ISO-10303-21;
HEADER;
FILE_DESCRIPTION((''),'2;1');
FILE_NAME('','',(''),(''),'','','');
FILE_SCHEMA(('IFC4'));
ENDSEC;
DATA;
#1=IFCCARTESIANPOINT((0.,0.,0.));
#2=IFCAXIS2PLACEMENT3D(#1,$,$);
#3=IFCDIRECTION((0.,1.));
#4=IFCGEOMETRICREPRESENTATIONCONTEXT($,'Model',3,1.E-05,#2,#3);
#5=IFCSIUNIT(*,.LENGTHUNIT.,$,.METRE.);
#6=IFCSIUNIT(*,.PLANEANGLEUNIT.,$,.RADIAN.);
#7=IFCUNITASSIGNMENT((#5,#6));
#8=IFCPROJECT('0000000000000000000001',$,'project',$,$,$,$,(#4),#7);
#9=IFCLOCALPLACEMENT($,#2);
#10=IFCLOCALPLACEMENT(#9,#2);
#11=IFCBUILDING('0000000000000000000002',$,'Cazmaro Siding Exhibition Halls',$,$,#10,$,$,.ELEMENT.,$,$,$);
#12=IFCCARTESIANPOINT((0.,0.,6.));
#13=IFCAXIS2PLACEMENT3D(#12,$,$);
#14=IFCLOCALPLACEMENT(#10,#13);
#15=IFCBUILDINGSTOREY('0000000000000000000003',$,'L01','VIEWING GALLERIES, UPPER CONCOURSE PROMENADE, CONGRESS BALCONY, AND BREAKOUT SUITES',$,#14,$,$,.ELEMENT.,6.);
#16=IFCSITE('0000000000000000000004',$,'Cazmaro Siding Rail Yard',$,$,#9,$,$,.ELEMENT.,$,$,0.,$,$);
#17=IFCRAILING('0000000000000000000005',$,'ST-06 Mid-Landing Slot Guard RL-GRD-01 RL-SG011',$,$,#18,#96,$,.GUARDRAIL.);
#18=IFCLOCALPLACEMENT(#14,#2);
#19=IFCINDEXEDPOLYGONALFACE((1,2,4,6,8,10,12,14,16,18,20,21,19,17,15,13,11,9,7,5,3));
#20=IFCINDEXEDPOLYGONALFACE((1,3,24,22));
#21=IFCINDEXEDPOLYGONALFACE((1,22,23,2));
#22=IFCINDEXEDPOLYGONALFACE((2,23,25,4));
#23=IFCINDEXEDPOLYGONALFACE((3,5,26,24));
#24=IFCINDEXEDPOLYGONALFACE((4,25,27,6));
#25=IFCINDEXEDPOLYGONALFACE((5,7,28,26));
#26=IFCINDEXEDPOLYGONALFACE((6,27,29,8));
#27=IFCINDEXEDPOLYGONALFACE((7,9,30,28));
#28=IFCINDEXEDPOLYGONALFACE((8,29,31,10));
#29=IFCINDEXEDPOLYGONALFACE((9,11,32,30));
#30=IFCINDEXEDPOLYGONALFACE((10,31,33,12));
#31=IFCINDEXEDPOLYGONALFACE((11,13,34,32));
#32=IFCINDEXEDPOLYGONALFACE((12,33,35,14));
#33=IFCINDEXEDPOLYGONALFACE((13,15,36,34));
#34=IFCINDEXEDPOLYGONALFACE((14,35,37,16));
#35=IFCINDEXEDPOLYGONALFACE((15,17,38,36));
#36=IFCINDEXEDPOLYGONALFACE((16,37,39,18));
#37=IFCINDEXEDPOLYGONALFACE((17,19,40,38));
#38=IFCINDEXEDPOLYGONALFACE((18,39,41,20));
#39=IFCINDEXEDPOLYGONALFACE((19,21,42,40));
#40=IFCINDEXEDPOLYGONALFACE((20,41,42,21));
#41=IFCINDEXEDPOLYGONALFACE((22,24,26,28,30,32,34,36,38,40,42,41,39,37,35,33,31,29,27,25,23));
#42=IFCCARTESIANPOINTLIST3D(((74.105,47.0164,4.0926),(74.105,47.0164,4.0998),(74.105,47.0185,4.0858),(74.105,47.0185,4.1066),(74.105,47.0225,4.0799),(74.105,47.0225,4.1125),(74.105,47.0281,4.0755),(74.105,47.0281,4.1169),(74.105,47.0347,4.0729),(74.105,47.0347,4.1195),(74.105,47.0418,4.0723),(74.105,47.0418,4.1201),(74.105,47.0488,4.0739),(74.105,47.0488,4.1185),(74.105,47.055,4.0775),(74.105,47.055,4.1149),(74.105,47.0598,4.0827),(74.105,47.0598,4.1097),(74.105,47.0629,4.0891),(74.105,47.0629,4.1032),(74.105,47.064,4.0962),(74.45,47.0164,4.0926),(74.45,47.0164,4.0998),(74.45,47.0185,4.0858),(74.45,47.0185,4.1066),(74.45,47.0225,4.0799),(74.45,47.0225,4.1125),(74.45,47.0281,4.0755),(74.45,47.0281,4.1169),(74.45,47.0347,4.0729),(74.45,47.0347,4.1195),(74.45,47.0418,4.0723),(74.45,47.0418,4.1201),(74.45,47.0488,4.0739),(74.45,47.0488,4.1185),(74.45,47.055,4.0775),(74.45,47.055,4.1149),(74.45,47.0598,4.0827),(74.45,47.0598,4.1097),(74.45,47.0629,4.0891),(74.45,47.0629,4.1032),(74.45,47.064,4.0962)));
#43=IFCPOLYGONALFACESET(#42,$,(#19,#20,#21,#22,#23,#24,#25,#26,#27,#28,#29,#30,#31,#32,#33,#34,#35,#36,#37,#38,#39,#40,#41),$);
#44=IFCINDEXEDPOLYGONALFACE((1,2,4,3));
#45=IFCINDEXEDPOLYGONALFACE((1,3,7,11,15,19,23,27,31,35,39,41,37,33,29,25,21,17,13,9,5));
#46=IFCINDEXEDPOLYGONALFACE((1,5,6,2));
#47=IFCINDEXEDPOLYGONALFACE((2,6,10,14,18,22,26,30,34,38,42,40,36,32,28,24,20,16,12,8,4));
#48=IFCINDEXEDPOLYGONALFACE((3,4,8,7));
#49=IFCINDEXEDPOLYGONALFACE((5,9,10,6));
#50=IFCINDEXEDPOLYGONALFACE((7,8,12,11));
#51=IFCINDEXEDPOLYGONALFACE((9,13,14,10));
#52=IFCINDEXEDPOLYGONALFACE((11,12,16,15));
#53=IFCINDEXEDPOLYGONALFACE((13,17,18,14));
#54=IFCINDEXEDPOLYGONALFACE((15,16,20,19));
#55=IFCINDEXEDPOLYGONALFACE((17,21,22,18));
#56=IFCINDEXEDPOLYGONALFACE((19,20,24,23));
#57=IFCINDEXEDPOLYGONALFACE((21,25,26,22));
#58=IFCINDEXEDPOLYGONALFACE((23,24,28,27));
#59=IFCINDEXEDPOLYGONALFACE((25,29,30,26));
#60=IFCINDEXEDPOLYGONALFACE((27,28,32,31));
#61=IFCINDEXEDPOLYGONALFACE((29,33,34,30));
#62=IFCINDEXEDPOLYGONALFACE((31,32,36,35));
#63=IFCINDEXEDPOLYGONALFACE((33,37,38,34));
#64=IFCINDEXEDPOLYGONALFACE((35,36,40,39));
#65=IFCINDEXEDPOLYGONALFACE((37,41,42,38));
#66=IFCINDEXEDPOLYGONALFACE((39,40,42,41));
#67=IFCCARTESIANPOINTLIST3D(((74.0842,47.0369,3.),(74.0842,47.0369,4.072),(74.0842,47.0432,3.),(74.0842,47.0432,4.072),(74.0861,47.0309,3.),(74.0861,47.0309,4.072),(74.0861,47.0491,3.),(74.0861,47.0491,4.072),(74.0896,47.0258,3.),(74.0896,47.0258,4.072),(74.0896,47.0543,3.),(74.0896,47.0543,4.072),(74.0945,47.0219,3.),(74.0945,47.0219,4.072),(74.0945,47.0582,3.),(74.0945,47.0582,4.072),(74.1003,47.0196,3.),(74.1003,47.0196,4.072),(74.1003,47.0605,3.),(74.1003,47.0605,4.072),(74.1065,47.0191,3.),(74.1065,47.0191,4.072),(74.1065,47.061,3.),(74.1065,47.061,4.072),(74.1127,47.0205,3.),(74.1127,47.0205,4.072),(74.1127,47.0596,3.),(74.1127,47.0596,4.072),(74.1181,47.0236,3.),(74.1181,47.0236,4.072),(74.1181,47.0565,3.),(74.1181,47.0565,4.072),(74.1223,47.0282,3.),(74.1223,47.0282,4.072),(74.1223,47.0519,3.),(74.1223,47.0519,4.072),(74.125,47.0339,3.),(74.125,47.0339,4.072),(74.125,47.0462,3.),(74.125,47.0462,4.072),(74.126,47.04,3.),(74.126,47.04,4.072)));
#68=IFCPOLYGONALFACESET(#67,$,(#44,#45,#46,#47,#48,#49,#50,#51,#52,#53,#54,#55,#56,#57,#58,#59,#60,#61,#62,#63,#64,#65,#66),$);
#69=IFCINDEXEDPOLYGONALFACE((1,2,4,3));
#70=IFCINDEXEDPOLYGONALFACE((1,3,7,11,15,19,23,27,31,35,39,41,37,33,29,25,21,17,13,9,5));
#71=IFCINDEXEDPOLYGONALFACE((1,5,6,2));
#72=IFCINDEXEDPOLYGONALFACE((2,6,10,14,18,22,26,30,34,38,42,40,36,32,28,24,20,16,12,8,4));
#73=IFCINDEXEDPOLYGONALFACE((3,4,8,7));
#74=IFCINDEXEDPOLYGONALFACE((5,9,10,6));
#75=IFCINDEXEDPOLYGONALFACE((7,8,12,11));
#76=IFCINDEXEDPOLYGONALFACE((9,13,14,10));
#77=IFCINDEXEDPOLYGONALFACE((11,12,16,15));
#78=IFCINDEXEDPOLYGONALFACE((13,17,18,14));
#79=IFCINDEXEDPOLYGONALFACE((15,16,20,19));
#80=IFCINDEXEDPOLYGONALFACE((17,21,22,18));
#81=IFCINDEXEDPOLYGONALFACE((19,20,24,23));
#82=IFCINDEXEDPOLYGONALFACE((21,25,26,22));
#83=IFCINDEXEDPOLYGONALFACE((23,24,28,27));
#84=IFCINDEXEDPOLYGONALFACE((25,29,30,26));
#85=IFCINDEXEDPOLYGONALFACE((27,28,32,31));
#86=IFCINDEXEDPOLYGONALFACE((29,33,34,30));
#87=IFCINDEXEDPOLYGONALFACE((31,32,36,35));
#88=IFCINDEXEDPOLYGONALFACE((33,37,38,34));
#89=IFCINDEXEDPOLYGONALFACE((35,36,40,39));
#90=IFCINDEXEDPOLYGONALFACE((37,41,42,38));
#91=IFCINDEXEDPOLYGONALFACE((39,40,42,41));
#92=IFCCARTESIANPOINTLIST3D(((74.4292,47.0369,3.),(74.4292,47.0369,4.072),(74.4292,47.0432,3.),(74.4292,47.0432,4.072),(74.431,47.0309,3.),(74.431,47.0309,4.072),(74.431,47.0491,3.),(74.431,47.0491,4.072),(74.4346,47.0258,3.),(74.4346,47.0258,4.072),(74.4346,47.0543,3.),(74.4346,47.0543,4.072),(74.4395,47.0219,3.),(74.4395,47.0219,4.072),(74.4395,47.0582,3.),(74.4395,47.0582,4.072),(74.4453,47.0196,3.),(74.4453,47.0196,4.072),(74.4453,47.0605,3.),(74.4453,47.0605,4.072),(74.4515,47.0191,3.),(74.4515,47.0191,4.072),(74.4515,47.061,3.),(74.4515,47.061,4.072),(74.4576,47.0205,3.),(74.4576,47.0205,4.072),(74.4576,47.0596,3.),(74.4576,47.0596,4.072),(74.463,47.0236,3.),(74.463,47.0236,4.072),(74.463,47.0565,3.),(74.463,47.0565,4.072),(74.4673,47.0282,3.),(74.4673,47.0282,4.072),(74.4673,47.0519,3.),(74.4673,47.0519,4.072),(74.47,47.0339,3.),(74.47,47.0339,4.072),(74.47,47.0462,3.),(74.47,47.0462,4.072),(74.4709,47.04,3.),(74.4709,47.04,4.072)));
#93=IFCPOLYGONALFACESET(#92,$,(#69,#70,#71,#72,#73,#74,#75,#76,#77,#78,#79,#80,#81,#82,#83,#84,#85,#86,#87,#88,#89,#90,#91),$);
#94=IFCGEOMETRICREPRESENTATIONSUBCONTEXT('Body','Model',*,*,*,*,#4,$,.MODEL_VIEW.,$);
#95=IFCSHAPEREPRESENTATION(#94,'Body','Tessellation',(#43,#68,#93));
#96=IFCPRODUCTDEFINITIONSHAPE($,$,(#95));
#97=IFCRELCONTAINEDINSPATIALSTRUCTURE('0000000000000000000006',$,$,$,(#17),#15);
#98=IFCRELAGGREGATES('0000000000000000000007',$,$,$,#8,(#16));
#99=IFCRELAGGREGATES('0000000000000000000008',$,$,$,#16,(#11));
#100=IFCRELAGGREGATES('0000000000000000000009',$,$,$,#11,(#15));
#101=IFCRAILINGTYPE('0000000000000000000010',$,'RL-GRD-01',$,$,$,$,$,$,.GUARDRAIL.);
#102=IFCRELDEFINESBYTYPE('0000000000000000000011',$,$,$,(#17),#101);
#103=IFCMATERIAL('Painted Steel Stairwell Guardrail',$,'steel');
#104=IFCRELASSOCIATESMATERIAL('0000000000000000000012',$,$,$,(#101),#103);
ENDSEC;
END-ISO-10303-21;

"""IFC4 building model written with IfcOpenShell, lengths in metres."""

from ifc_helpers import new_model, si_unit, direction, frame, origin, origin_2d, place, context, subcontext, project, spatial, circle, extrude, material, type_object, element, save


model = new_model("IFC4")

# Units and contexts
model_context = context("Model", 3, precision=1e-05, world=origin(), true_north=direction((0.0, 1.0)))
body_context = subcontext(model_context, "Body", "Model", "MODEL_VIEW")
ifc_project = project(units=[si_unit("LENGTHUNIT", "METRE"), si_unit("PLANEANGLEUNIT", "RADIAN")], contexts=[model_context])

# Site, building, storey
site_placement = place(None, origin())
site = spatial("IfcSite", under=ifc_project, at=site_placement, Name="Cazmaro Siding Rail Yard", CompositionType="ELEMENT", RefElevation=0.0)
building_placement = place(site_placement, origin())
building = spatial("IfcBuilding", under=site, at=building_placement, Name="Cazmaro Siding Exhibition Halls", CompositionType="ELEMENT")
storey_placement = place(building_placement, frame((0.0, 0.0, 6.0)))
storey = spatial("IfcBuildingStorey", under=building, at=storey_placement, Name="L01", Description="VIEWING GALLERIES, UPPER CONCOURSE PROMENADE, CONGRESS BALCONY, AND BREAKOUT SUITES", CompositionType="ELEMENT", Elevation=6.0)

# Railing
ifc_material_1 = material(Name="Painted Steel Stairwell Guardrail", Category="steel")
railing_type_1 = type_object("IfcRailingType", Name="RL-GRD-01", PredefinedType="GUARDRAIL", material=ifc_material_1)
railing_1_placement = place(storey_placement, frame((74.105, 47.04, 3.0)))
element("IfcRailing", 1, at=railing_1_placement, inside=storey, type_object=railing_type_1, Name="ST-06 Mid-Landing Slot Guard RL-GRD-01 RL-SG011", PredefinedType="GUARDRAIL", context=body_context, shape_type="SweptSolid", body=[
    extrude(circle(Radius=0.0239, at=origin_2d()), frame((0.0, 0.0, 1.0962), z_axis=(1.0, 0.0, 0.0), x_axis=(0.0, 1.0, 0.0)), (0.0, 0.0, 1.0), 0.345),
    extrude(circle(Radius=0.021, at=origin_2d()), origin(), (0.0, 0.0, 1.0), 1.072),
    extrude(circle(Radius=0.021, at=origin_2d()), frame((0.345, 0.0, 0.0)), (0.0, 0.0, 1.0), 1.072),
])

save(model, "model.ifc")
